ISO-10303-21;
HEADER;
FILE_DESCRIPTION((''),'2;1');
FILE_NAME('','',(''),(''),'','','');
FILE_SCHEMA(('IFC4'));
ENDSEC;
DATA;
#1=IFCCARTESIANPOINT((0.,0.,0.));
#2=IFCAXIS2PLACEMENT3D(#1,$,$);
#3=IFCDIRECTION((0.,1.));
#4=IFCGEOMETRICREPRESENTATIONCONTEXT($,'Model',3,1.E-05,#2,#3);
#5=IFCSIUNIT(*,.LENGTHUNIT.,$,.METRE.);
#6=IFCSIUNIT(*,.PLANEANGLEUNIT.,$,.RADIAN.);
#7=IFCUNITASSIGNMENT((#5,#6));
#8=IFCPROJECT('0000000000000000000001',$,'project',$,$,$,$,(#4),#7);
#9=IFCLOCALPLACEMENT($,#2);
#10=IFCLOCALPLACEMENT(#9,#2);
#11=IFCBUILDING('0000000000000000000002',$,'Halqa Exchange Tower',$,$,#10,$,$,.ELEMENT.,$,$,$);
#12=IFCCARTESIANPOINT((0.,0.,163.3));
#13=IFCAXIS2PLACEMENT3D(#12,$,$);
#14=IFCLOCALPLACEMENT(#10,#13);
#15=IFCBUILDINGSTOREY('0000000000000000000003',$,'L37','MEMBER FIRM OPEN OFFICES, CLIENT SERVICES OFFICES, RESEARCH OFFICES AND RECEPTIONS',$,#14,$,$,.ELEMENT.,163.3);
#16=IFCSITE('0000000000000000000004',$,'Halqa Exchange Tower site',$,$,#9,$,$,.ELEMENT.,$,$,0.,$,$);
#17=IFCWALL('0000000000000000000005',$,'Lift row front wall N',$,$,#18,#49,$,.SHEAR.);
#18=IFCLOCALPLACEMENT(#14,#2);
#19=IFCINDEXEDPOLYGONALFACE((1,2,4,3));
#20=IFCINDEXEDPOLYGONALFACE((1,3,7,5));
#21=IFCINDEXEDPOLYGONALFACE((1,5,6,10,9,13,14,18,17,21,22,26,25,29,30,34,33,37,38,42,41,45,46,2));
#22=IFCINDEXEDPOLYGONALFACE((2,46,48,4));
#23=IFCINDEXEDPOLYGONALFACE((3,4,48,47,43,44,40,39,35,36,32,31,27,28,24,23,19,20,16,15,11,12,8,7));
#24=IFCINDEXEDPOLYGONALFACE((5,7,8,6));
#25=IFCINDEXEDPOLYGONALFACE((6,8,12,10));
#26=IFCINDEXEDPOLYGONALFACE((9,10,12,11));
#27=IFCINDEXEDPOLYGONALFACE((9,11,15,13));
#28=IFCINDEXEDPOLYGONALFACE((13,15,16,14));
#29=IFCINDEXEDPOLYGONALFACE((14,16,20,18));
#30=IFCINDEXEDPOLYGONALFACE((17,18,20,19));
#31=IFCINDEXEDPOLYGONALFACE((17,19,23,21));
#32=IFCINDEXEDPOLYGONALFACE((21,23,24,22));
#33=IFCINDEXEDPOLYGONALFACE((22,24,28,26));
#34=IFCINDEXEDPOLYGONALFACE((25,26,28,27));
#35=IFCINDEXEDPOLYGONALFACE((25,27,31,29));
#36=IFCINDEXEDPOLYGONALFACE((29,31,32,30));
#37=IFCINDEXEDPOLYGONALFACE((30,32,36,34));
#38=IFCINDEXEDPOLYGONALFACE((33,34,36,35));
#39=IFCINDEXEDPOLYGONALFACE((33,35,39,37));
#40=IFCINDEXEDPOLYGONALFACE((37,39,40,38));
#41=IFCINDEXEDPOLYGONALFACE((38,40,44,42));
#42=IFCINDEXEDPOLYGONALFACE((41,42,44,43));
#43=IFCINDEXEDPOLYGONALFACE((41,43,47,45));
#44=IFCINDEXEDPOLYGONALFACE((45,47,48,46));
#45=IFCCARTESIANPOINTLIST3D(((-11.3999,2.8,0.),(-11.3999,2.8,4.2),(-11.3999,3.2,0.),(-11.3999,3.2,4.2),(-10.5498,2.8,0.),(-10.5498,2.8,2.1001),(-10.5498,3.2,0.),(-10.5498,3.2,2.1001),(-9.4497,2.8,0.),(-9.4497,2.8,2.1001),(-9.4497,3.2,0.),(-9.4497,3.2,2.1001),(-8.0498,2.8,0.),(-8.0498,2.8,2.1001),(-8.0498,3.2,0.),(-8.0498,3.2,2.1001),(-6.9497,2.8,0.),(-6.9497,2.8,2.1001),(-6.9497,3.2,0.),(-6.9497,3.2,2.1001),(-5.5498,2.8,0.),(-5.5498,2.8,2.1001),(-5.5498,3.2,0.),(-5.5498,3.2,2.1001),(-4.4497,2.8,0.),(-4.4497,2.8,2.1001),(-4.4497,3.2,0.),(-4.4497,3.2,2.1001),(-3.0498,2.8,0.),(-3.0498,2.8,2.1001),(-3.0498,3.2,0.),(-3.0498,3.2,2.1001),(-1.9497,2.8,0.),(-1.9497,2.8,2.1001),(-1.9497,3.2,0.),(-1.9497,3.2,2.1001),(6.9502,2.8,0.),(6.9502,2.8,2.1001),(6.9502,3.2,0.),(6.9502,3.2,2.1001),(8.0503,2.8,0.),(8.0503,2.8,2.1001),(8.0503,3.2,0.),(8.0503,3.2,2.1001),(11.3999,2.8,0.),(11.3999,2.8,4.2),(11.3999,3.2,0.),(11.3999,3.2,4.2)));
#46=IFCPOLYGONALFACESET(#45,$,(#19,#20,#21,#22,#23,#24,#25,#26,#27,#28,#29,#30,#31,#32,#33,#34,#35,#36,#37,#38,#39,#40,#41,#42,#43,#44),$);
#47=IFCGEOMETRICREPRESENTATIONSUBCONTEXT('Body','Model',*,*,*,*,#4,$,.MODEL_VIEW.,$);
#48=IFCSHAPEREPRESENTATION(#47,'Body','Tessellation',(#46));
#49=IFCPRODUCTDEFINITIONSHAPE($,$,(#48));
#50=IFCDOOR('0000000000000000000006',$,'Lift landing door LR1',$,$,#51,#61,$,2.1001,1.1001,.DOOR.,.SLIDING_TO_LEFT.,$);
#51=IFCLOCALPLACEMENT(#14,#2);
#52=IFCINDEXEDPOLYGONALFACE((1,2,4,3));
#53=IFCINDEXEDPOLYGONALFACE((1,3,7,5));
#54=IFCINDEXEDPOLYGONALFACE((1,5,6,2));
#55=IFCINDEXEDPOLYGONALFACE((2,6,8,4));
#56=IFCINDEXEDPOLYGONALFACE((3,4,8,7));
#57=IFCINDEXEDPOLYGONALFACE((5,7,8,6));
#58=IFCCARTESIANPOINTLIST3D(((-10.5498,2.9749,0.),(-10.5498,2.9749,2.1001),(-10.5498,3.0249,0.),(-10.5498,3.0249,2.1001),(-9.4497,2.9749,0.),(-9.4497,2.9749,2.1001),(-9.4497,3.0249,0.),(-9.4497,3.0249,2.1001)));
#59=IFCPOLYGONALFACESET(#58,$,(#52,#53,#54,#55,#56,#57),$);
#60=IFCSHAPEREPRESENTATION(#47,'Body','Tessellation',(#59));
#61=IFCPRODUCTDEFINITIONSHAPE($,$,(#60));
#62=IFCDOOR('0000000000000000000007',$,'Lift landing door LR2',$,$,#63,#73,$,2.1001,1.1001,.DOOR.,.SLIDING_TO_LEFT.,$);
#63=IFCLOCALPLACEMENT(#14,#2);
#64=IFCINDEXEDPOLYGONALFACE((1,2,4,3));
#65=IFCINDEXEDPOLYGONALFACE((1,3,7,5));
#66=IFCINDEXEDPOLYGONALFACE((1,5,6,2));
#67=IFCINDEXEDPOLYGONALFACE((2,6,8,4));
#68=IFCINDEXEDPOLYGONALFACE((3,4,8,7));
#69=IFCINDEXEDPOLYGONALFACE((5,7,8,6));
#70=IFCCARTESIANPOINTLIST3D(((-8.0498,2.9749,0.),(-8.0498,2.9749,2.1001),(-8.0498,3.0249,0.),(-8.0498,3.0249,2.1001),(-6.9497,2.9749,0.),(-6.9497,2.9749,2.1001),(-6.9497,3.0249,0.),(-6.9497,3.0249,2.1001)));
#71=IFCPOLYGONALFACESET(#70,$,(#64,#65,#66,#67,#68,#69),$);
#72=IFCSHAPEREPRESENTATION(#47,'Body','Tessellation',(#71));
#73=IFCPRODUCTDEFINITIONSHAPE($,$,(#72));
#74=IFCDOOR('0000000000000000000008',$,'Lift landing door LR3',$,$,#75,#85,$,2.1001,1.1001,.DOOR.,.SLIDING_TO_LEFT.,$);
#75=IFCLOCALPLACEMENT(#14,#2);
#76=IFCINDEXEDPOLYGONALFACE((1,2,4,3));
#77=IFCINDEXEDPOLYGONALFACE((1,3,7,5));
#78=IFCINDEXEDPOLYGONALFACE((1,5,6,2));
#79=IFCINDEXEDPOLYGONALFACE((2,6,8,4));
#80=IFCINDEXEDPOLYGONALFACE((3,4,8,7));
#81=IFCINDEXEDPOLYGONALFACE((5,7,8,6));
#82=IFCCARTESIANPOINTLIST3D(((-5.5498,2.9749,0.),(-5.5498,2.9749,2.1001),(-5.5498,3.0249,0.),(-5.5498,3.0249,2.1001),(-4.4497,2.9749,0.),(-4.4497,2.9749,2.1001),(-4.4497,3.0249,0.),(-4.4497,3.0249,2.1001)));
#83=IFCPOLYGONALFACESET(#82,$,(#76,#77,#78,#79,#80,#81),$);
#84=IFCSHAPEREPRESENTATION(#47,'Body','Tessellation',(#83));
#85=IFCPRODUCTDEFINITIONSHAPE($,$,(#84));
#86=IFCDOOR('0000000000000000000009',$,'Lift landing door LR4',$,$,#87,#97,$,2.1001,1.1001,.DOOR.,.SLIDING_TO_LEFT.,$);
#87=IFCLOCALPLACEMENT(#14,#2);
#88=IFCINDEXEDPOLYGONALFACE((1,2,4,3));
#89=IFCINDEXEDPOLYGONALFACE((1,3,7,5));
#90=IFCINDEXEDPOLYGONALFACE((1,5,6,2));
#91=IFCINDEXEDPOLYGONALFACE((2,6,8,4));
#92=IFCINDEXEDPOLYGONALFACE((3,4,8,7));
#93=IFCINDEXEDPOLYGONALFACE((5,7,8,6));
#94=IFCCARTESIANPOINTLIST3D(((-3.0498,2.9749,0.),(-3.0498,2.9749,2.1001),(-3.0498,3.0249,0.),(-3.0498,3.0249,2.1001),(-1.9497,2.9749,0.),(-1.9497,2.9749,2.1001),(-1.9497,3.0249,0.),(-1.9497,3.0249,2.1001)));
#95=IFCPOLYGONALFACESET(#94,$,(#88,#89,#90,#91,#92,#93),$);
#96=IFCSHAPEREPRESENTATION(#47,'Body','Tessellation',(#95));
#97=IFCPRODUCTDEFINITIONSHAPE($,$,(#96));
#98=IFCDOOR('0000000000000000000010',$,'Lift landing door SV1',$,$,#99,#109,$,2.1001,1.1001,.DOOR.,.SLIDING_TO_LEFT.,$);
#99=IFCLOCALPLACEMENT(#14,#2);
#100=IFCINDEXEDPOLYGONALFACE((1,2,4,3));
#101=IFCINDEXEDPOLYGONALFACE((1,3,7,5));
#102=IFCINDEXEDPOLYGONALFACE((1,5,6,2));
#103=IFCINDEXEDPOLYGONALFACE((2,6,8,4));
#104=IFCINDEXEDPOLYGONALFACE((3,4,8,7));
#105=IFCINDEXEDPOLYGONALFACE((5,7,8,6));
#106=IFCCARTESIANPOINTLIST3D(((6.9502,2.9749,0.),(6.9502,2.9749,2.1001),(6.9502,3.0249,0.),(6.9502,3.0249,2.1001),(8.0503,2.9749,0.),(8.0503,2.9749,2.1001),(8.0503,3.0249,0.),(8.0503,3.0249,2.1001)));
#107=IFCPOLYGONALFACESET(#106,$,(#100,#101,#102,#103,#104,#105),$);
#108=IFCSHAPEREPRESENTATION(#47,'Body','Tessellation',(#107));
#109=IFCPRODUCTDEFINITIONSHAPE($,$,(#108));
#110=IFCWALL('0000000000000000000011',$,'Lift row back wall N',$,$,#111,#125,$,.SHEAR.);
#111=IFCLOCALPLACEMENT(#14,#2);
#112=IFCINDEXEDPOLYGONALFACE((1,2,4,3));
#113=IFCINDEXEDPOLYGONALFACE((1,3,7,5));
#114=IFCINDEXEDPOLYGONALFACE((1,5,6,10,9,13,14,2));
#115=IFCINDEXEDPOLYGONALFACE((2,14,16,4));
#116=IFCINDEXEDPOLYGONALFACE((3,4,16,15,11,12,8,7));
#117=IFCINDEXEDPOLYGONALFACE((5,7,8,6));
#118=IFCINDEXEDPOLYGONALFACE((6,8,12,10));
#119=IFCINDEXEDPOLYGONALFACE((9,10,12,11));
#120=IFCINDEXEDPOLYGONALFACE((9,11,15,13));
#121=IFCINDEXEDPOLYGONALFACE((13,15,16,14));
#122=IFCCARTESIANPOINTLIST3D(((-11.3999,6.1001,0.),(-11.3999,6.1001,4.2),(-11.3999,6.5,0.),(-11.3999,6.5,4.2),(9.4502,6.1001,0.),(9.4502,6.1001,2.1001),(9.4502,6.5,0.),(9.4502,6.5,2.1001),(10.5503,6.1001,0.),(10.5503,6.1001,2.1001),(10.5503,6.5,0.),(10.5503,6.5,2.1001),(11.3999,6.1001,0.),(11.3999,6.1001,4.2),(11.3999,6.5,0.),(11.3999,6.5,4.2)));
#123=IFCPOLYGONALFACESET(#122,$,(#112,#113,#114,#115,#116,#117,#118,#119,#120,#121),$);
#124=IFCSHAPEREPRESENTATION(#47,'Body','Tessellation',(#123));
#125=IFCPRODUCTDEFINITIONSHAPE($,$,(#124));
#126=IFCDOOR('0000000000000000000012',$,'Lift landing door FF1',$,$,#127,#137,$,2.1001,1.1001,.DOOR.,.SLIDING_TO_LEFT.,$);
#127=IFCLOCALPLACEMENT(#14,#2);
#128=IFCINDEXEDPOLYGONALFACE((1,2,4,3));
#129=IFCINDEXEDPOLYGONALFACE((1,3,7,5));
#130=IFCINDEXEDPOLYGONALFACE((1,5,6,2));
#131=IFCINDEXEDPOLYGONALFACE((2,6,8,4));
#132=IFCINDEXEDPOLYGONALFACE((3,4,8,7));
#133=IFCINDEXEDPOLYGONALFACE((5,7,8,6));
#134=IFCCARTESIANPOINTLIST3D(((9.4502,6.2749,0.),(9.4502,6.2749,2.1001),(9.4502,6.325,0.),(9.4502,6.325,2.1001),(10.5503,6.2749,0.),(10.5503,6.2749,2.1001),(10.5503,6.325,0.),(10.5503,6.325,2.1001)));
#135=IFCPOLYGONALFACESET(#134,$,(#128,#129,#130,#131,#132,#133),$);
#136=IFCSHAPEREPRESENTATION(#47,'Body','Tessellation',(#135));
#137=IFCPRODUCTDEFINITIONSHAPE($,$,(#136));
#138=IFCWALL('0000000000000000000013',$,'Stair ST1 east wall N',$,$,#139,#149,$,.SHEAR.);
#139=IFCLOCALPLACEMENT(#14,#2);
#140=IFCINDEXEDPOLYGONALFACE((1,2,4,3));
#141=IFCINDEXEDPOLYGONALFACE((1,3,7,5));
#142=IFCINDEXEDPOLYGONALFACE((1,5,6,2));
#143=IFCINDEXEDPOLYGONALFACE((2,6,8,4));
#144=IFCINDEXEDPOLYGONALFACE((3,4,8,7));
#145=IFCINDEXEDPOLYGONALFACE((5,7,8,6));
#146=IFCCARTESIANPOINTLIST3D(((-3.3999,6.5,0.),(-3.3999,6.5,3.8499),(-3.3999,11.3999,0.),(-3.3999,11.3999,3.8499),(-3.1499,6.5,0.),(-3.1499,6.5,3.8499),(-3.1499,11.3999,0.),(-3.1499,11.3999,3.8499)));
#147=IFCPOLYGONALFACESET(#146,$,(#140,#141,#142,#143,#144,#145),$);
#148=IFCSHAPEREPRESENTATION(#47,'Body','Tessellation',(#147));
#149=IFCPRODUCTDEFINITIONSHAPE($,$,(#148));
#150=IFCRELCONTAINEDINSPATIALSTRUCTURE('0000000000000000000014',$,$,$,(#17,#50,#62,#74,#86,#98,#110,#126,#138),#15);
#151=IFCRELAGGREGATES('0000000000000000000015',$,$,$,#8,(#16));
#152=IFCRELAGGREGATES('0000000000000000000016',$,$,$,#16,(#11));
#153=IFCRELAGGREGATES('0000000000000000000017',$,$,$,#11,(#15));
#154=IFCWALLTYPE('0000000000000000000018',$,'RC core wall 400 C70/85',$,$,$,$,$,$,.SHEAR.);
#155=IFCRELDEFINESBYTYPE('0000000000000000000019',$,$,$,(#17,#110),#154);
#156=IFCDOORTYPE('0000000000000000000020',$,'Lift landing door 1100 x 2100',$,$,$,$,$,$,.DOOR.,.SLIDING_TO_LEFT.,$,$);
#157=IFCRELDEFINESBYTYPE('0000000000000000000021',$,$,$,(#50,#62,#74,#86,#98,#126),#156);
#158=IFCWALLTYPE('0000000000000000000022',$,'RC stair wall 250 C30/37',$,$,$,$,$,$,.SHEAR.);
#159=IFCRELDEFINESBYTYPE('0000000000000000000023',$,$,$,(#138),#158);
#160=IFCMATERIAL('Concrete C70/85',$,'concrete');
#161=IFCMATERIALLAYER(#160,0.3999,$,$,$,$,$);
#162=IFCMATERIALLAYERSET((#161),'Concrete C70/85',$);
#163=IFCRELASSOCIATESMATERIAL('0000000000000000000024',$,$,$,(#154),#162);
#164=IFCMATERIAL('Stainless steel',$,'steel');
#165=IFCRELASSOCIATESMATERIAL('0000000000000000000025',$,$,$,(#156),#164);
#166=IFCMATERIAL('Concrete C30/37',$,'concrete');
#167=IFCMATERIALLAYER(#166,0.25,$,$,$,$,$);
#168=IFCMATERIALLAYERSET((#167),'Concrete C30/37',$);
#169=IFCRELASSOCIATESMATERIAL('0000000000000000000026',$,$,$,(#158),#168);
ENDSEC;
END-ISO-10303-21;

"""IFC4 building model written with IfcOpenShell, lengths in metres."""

from ifc_helpers import new_model, si_unit, direction, frame, frame_2d, origin, place, context, subcontext, project, spatial, rectangle, extrude, material, layer, layer_set, type_object, element, fill, save


model = new_model("IFC4")

# Units and contexts
model_context = context("Model", 3, precision=1e-05, world=origin(), true_north=direction((0.0, 1.0)))
body_context = subcontext(model_context, "Body", "Model", "MODEL_VIEW")
ifc_project = project(units=[si_unit("LENGTHUNIT", "METRE"), si_unit("PLANEANGLEUNIT", "RADIAN")], contexts=[model_context])

# Site, building, storey
site_placement = place(None, origin())
site = spatial("IfcSite", under=ifc_project, at=site_placement, Name="Halqa Exchange Tower site", CompositionType="ELEMENT", RefElevation=0.0)
building_placement = place(site_placement, origin())
building = spatial("IfcBuilding", under=site, at=building_placement, Name="Halqa Exchange Tower", CompositionType="ELEMENT")
storey_placement = place(building_placement, frame((0.0, 0.0, 163.3)))
storey = spatial("IfcBuildingStorey", under=building, at=storey_placement, Name="L37", Description="MEMBER FIRM OPEN OFFICES, CLIENT SERVICES OFFICES, RESEARCH OFFICES AND RECEPTIONS", CompositionType="ELEMENT", Elevation=163.3)

# Wall, openings, doors
ifc_material_1 = material(Name="Concrete C70/85", Category="concrete")
ifc_layer_1 = layer(ifc_material_1, 0.3999)
ifc_layer_set_1 = layer_set([ifc_layer_1], Name="Concrete C70/85")
wall_type_1 = type_object("IfcWallType", Name="RC core wall 400 C70/85", PredefinedType="SHEAR", material=ifc_layer_set_1)
wall_1_placement = place(storey_placement, frame((-11.3999, 3.0, 0.0), z_axis=(0.0, 0.0, 1.0), x_axis=(1.0, 0.0, 0.0)))
wall_1 = element("IfcWall", 1, at=wall_1_placement, inside=storey, type_object=wall_type_1, Name="Lift row front wall N", PredefinedType="SHEAR", context=body_context, shape_type="SweptSolid", body=[
    extrude(rectangle(XDim=22.7998, YDim=0.3999, at=frame_2d((11.3999, 0.0))), origin(), (0.0, 0.0, 1.0), 4.2),
])
opening_1_placement = place(wall_1_placement, frame((0.8501, 0.0, 0.0)))
opening_1 = element("IfcOpeningElement", 2, at=opening_1_placement, cuts=wall_1, PredefinedType="OPENING", context=body_context, shape_type="SweptSolid", body=[
    extrude(rectangle(XDim=1.1001, YDim=2.1001, at=frame_2d((0.55, 1.05))), frame((0.0, 0.2119, 0.0), z_axis=(0.0, -1.0, 0.0), x_axis=(1.0, 0.0, 0.0)), (0.0, 0.0, 1.0), 0.4238),
])
opening_2_placement = place(wall_1_placement, frame((3.3501, 0.0, 0.0)))
opening_2 = element("IfcOpeningElement", 3, at=opening_2_placement, cuts=wall_1, PredefinedType="OPENING", context=body_context, shape_type="SweptSolid", body=[
    extrude(rectangle(XDim=1.1001, YDim=2.1001, at=frame_2d((0.55, 1.05))), frame((0.0, 0.2119, 0.0), z_axis=(0.0, -1.0, 0.0), x_axis=(1.0, 0.0, 0.0)), (0.0, 0.0, 1.0), 0.4238),
])
opening_3_placement = place(wall_1_placement, frame((5.8501, 0.0, 0.0)))
opening_3 = element("IfcOpeningElement", 4, at=opening_3_placement, cuts=wall_1, PredefinedType="OPENING", context=body_context, shape_type="SweptSolid", body=[
    extrude(rectangle(XDim=1.1001, YDim=2.1001, at=frame_2d((0.55, 1.05))), frame((0.0, 0.2119, 0.0), z_axis=(0.0, -1.0, 0.0), x_axis=(1.0, 0.0, 0.0)), (0.0, 0.0, 1.0), 0.4238),
])
opening_4_placement = place(wall_1_placement, frame((8.3501, 0.0, 0.0)))
opening_4 = element("IfcOpeningElement", 5, at=opening_4_placement, cuts=wall_1, PredefinedType="OPENING", context=body_context, shape_type="SweptSolid", body=[
    extrude(rectangle(XDim=1.1001, YDim=2.1001, at=frame_2d((0.55, 1.05))), frame((0.0, 0.2119, 0.0), z_axis=(0.0, -1.0, 0.0), x_axis=(1.0, 0.0, 0.0)), (0.0, 0.0, 1.0), 0.4238),
])
opening_5_placement = place(wall_1_placement, frame((18.3501, 0.0, 0.0)))
opening_5 = element("IfcOpeningElement", 6, at=opening_5_placement, cuts=wall_1, PredefinedType="OPENING", context=body_context, shape_type="SweptSolid", body=[
    extrude(rectangle(XDim=1.1001, YDim=2.1001, at=frame_2d((0.55, 1.05))), frame((0.0, 0.2119, 0.0), z_axis=(0.0, -1.0, 0.0), x_axis=(1.0, 0.0, 0.0)), (0.0, 0.0, 1.0), 0.4238),
])
ifc_material_2 = material(Name="Stainless steel", Category="steel")
door_type = type_object("IfcDoorType", Name="Lift landing door 1100 x 2100", OperationType="SLIDING_TO_LEFT", PredefinedType="DOOR", material=ifc_material_2)
door_1_placement = place(opening_1_placement, origin())
door_1 = element("IfcDoor", 7, at=door_1_placement, inside=storey, type_object=door_type, Name="Lift landing door LR1", OperationType="SLIDING_TO_LEFT", OverallHeight=2.1001, OverallWidth=1.1001, PredefinedType="DOOR", context=body_context, shape_type="SweptSolid", body=[
    extrude(rectangle(XDim=1.1001, YDim=2.1001, at=frame_2d((0.55, 1.05))), frame((0.0, 0.0249, 0.0), z_axis=(0.0, -1.0, 0.0), x_axis=(1.0, 0.0, 0.0)), (0.0, 0.0, 1.0), 0.05),
])
fill(opening_1, door_1)
door_2_placement = place(opening_2_placement, origin())
door_2 = element("IfcDoor", 8, at=door_2_placement, inside=storey, type_object=door_type, Name="Lift landing door LR2", OperationType="SLIDING_TO_LEFT", OverallHeight=2.1001, OverallWidth=1.1001, PredefinedType="DOOR", context=body_context, shape_type="SweptSolid", body=[
    extrude(rectangle(XDim=1.1001, YDim=2.1001, at=frame_2d((0.55, 1.05))), frame((0.0, 0.0249, 0.0), z_axis=(0.0, -1.0, 0.0), x_axis=(1.0, 0.0, 0.0)), (0.0, 0.0, 1.0), 0.05),
])
fill(opening_2, door_2)
door_3_placement = place(opening_3_placement, origin())
door_3 = element("IfcDoor", 9, at=door_3_placement, inside=storey, type_object=door_type, Name="Lift landing door LR3", OperationType="SLIDING_TO_LEFT", OverallHeight=2.1001, OverallWidth=1.1001, PredefinedType="DOOR", context=body_context, shape_type="SweptSolid", body=[
    extrude(rectangle(XDim=1.1001, YDim=2.1001, at=frame_2d((0.55, 1.05))), frame((0.0, 0.0249, 0.0), z_axis=(0.0, -1.0, 0.0), x_axis=(1.0, 0.0, 0.0)), (0.0, 0.0, 1.0), 0.05),
])
fill(opening_3, door_3)
door_4_placement = place(opening_4_placement, origin())
door_4 = element("IfcDoor", 10, at=door_4_placement, inside=storey, type_object=door_type, Name="Lift landing door LR4", OperationType="SLIDING_TO_LEFT", OverallHeight=2.1001, OverallWidth=1.1001, PredefinedType="DOOR", context=body_context, shape_type="SweptSolid", body=[
    extrude(rectangle(XDim=1.1001, YDim=2.1001, at=frame_2d((0.55, 1.05))), frame((0.0, 0.0249, 0.0), z_axis=(0.0, -1.0, 0.0), x_axis=(1.0, 0.0, 0.0)), (0.0, 0.0, 1.0), 0.05),
])
fill(opening_4, door_4)
door_5_placement = place(opening_5_placement, origin())
door_5 = element("IfcDoor", 11, at=door_5_placement, inside=storey, type_object=door_type, Name="Lift landing door SV1", OperationType="SLIDING_TO_LEFT", OverallHeight=2.1001, OverallWidth=1.1001, PredefinedType="DOOR", context=body_context, shape_type="SweptSolid", body=[
    extrude(rectangle(XDim=1.1001, YDim=2.1001, at=frame_2d((0.55, 1.05))), frame((0.0, 0.0249, 0.0), z_axis=(0.0, -1.0, 0.0), x_axis=(1.0, 0.0, 0.0)), (0.0, 0.0, 1.0), 0.05),
])
fill(opening_5, door_5)

# Wall, opening, door
wall_2_placement = place(storey_placement, frame((-11.3999, 6.3, 0.0), z_axis=(0.0, 0.0, 1.0), x_axis=(1.0, 0.0, 0.0)))
wall_2 = element("IfcWall", 12, at=wall_2_placement, inside=storey, type_object=wall_type_1, Name="Lift row back wall N", PredefinedType="SHEAR", context=body_context, shape_type="SweptSolid", body=[
    extrude(rectangle(XDim=22.7998, YDim=0.3999, at=frame_2d((11.3999, 0.0))), origin(), (0.0, 0.0, 1.0), 4.2),
])
opening_6_placement = place(wall_2_placement, frame((20.8501, 0.0, 0.0)))
opening_6 = element("IfcOpeningElement", 13, at=opening_6_placement, cuts=wall_2, PredefinedType="OPENING", context=body_context, shape_type="SweptSolid", body=[
    extrude(rectangle(XDim=1.1001, YDim=2.1001, at=frame_2d((0.55, 1.05))), frame((0.0, 0.2119, 0.0), z_axis=(0.0, -1.0, 0.0), x_axis=(1.0, 0.0, 0.0)), (0.0, 0.0, 1.0), 0.4238),
])
door_6_placement = place(opening_6_placement, origin())
door_6 = element("IfcDoor", 14, at=door_6_placement, inside=storey, type_object=door_type, Name="Lift landing door FF1", OperationType="SLIDING_TO_LEFT", OverallHeight=2.1001, OverallWidth=1.1001, PredefinedType="DOOR", context=body_context, shape_type="SweptSolid", body=[
    extrude(rectangle(XDim=1.1001, YDim=2.1001, at=frame_2d((0.55, 1.05))), frame((0.0, 0.0249, 0.0), z_axis=(0.0, -1.0, 0.0), x_axis=(1.0, 0.0, 0.0)), (0.0, 0.0, 1.0), 0.05),
])
fill(opening_6, door_6)

# Wall
ifc_material_3 = material(Name="Concrete C30/37", Category="concrete")
ifc_layer_2 = layer(ifc_material_3, 0.25)
ifc_layer_set_2 = layer_set([ifc_layer_2], Name="Concrete C30/37")
wall_type_2 = type_object("IfcWallType", Name="RC stair wall 250 C30/37", PredefinedType="SHEAR", material=ifc_layer_set_2)
wall_3_placement = place(storey_placement, frame((-3.2749, 6.5, 0.0), z_axis=(0.0, 0.0, 1.0), x_axis=(0.0, 1.0, 0.0)))
element("IfcWall", 15, at=wall_3_placement, inside=storey, type_object=wall_type_2, Name="Stair ST1 east wall N", PredefinedType="SHEAR", context=body_context, shape_type="SweptSolid", body=[
    extrude(rectangle(XDim=4.8999, YDim=0.25, at=frame_2d((2.45, 0.0))), origin(), (0.0, 0.0, 1.0), 3.8499),
])

save(model, "model.ifc")
